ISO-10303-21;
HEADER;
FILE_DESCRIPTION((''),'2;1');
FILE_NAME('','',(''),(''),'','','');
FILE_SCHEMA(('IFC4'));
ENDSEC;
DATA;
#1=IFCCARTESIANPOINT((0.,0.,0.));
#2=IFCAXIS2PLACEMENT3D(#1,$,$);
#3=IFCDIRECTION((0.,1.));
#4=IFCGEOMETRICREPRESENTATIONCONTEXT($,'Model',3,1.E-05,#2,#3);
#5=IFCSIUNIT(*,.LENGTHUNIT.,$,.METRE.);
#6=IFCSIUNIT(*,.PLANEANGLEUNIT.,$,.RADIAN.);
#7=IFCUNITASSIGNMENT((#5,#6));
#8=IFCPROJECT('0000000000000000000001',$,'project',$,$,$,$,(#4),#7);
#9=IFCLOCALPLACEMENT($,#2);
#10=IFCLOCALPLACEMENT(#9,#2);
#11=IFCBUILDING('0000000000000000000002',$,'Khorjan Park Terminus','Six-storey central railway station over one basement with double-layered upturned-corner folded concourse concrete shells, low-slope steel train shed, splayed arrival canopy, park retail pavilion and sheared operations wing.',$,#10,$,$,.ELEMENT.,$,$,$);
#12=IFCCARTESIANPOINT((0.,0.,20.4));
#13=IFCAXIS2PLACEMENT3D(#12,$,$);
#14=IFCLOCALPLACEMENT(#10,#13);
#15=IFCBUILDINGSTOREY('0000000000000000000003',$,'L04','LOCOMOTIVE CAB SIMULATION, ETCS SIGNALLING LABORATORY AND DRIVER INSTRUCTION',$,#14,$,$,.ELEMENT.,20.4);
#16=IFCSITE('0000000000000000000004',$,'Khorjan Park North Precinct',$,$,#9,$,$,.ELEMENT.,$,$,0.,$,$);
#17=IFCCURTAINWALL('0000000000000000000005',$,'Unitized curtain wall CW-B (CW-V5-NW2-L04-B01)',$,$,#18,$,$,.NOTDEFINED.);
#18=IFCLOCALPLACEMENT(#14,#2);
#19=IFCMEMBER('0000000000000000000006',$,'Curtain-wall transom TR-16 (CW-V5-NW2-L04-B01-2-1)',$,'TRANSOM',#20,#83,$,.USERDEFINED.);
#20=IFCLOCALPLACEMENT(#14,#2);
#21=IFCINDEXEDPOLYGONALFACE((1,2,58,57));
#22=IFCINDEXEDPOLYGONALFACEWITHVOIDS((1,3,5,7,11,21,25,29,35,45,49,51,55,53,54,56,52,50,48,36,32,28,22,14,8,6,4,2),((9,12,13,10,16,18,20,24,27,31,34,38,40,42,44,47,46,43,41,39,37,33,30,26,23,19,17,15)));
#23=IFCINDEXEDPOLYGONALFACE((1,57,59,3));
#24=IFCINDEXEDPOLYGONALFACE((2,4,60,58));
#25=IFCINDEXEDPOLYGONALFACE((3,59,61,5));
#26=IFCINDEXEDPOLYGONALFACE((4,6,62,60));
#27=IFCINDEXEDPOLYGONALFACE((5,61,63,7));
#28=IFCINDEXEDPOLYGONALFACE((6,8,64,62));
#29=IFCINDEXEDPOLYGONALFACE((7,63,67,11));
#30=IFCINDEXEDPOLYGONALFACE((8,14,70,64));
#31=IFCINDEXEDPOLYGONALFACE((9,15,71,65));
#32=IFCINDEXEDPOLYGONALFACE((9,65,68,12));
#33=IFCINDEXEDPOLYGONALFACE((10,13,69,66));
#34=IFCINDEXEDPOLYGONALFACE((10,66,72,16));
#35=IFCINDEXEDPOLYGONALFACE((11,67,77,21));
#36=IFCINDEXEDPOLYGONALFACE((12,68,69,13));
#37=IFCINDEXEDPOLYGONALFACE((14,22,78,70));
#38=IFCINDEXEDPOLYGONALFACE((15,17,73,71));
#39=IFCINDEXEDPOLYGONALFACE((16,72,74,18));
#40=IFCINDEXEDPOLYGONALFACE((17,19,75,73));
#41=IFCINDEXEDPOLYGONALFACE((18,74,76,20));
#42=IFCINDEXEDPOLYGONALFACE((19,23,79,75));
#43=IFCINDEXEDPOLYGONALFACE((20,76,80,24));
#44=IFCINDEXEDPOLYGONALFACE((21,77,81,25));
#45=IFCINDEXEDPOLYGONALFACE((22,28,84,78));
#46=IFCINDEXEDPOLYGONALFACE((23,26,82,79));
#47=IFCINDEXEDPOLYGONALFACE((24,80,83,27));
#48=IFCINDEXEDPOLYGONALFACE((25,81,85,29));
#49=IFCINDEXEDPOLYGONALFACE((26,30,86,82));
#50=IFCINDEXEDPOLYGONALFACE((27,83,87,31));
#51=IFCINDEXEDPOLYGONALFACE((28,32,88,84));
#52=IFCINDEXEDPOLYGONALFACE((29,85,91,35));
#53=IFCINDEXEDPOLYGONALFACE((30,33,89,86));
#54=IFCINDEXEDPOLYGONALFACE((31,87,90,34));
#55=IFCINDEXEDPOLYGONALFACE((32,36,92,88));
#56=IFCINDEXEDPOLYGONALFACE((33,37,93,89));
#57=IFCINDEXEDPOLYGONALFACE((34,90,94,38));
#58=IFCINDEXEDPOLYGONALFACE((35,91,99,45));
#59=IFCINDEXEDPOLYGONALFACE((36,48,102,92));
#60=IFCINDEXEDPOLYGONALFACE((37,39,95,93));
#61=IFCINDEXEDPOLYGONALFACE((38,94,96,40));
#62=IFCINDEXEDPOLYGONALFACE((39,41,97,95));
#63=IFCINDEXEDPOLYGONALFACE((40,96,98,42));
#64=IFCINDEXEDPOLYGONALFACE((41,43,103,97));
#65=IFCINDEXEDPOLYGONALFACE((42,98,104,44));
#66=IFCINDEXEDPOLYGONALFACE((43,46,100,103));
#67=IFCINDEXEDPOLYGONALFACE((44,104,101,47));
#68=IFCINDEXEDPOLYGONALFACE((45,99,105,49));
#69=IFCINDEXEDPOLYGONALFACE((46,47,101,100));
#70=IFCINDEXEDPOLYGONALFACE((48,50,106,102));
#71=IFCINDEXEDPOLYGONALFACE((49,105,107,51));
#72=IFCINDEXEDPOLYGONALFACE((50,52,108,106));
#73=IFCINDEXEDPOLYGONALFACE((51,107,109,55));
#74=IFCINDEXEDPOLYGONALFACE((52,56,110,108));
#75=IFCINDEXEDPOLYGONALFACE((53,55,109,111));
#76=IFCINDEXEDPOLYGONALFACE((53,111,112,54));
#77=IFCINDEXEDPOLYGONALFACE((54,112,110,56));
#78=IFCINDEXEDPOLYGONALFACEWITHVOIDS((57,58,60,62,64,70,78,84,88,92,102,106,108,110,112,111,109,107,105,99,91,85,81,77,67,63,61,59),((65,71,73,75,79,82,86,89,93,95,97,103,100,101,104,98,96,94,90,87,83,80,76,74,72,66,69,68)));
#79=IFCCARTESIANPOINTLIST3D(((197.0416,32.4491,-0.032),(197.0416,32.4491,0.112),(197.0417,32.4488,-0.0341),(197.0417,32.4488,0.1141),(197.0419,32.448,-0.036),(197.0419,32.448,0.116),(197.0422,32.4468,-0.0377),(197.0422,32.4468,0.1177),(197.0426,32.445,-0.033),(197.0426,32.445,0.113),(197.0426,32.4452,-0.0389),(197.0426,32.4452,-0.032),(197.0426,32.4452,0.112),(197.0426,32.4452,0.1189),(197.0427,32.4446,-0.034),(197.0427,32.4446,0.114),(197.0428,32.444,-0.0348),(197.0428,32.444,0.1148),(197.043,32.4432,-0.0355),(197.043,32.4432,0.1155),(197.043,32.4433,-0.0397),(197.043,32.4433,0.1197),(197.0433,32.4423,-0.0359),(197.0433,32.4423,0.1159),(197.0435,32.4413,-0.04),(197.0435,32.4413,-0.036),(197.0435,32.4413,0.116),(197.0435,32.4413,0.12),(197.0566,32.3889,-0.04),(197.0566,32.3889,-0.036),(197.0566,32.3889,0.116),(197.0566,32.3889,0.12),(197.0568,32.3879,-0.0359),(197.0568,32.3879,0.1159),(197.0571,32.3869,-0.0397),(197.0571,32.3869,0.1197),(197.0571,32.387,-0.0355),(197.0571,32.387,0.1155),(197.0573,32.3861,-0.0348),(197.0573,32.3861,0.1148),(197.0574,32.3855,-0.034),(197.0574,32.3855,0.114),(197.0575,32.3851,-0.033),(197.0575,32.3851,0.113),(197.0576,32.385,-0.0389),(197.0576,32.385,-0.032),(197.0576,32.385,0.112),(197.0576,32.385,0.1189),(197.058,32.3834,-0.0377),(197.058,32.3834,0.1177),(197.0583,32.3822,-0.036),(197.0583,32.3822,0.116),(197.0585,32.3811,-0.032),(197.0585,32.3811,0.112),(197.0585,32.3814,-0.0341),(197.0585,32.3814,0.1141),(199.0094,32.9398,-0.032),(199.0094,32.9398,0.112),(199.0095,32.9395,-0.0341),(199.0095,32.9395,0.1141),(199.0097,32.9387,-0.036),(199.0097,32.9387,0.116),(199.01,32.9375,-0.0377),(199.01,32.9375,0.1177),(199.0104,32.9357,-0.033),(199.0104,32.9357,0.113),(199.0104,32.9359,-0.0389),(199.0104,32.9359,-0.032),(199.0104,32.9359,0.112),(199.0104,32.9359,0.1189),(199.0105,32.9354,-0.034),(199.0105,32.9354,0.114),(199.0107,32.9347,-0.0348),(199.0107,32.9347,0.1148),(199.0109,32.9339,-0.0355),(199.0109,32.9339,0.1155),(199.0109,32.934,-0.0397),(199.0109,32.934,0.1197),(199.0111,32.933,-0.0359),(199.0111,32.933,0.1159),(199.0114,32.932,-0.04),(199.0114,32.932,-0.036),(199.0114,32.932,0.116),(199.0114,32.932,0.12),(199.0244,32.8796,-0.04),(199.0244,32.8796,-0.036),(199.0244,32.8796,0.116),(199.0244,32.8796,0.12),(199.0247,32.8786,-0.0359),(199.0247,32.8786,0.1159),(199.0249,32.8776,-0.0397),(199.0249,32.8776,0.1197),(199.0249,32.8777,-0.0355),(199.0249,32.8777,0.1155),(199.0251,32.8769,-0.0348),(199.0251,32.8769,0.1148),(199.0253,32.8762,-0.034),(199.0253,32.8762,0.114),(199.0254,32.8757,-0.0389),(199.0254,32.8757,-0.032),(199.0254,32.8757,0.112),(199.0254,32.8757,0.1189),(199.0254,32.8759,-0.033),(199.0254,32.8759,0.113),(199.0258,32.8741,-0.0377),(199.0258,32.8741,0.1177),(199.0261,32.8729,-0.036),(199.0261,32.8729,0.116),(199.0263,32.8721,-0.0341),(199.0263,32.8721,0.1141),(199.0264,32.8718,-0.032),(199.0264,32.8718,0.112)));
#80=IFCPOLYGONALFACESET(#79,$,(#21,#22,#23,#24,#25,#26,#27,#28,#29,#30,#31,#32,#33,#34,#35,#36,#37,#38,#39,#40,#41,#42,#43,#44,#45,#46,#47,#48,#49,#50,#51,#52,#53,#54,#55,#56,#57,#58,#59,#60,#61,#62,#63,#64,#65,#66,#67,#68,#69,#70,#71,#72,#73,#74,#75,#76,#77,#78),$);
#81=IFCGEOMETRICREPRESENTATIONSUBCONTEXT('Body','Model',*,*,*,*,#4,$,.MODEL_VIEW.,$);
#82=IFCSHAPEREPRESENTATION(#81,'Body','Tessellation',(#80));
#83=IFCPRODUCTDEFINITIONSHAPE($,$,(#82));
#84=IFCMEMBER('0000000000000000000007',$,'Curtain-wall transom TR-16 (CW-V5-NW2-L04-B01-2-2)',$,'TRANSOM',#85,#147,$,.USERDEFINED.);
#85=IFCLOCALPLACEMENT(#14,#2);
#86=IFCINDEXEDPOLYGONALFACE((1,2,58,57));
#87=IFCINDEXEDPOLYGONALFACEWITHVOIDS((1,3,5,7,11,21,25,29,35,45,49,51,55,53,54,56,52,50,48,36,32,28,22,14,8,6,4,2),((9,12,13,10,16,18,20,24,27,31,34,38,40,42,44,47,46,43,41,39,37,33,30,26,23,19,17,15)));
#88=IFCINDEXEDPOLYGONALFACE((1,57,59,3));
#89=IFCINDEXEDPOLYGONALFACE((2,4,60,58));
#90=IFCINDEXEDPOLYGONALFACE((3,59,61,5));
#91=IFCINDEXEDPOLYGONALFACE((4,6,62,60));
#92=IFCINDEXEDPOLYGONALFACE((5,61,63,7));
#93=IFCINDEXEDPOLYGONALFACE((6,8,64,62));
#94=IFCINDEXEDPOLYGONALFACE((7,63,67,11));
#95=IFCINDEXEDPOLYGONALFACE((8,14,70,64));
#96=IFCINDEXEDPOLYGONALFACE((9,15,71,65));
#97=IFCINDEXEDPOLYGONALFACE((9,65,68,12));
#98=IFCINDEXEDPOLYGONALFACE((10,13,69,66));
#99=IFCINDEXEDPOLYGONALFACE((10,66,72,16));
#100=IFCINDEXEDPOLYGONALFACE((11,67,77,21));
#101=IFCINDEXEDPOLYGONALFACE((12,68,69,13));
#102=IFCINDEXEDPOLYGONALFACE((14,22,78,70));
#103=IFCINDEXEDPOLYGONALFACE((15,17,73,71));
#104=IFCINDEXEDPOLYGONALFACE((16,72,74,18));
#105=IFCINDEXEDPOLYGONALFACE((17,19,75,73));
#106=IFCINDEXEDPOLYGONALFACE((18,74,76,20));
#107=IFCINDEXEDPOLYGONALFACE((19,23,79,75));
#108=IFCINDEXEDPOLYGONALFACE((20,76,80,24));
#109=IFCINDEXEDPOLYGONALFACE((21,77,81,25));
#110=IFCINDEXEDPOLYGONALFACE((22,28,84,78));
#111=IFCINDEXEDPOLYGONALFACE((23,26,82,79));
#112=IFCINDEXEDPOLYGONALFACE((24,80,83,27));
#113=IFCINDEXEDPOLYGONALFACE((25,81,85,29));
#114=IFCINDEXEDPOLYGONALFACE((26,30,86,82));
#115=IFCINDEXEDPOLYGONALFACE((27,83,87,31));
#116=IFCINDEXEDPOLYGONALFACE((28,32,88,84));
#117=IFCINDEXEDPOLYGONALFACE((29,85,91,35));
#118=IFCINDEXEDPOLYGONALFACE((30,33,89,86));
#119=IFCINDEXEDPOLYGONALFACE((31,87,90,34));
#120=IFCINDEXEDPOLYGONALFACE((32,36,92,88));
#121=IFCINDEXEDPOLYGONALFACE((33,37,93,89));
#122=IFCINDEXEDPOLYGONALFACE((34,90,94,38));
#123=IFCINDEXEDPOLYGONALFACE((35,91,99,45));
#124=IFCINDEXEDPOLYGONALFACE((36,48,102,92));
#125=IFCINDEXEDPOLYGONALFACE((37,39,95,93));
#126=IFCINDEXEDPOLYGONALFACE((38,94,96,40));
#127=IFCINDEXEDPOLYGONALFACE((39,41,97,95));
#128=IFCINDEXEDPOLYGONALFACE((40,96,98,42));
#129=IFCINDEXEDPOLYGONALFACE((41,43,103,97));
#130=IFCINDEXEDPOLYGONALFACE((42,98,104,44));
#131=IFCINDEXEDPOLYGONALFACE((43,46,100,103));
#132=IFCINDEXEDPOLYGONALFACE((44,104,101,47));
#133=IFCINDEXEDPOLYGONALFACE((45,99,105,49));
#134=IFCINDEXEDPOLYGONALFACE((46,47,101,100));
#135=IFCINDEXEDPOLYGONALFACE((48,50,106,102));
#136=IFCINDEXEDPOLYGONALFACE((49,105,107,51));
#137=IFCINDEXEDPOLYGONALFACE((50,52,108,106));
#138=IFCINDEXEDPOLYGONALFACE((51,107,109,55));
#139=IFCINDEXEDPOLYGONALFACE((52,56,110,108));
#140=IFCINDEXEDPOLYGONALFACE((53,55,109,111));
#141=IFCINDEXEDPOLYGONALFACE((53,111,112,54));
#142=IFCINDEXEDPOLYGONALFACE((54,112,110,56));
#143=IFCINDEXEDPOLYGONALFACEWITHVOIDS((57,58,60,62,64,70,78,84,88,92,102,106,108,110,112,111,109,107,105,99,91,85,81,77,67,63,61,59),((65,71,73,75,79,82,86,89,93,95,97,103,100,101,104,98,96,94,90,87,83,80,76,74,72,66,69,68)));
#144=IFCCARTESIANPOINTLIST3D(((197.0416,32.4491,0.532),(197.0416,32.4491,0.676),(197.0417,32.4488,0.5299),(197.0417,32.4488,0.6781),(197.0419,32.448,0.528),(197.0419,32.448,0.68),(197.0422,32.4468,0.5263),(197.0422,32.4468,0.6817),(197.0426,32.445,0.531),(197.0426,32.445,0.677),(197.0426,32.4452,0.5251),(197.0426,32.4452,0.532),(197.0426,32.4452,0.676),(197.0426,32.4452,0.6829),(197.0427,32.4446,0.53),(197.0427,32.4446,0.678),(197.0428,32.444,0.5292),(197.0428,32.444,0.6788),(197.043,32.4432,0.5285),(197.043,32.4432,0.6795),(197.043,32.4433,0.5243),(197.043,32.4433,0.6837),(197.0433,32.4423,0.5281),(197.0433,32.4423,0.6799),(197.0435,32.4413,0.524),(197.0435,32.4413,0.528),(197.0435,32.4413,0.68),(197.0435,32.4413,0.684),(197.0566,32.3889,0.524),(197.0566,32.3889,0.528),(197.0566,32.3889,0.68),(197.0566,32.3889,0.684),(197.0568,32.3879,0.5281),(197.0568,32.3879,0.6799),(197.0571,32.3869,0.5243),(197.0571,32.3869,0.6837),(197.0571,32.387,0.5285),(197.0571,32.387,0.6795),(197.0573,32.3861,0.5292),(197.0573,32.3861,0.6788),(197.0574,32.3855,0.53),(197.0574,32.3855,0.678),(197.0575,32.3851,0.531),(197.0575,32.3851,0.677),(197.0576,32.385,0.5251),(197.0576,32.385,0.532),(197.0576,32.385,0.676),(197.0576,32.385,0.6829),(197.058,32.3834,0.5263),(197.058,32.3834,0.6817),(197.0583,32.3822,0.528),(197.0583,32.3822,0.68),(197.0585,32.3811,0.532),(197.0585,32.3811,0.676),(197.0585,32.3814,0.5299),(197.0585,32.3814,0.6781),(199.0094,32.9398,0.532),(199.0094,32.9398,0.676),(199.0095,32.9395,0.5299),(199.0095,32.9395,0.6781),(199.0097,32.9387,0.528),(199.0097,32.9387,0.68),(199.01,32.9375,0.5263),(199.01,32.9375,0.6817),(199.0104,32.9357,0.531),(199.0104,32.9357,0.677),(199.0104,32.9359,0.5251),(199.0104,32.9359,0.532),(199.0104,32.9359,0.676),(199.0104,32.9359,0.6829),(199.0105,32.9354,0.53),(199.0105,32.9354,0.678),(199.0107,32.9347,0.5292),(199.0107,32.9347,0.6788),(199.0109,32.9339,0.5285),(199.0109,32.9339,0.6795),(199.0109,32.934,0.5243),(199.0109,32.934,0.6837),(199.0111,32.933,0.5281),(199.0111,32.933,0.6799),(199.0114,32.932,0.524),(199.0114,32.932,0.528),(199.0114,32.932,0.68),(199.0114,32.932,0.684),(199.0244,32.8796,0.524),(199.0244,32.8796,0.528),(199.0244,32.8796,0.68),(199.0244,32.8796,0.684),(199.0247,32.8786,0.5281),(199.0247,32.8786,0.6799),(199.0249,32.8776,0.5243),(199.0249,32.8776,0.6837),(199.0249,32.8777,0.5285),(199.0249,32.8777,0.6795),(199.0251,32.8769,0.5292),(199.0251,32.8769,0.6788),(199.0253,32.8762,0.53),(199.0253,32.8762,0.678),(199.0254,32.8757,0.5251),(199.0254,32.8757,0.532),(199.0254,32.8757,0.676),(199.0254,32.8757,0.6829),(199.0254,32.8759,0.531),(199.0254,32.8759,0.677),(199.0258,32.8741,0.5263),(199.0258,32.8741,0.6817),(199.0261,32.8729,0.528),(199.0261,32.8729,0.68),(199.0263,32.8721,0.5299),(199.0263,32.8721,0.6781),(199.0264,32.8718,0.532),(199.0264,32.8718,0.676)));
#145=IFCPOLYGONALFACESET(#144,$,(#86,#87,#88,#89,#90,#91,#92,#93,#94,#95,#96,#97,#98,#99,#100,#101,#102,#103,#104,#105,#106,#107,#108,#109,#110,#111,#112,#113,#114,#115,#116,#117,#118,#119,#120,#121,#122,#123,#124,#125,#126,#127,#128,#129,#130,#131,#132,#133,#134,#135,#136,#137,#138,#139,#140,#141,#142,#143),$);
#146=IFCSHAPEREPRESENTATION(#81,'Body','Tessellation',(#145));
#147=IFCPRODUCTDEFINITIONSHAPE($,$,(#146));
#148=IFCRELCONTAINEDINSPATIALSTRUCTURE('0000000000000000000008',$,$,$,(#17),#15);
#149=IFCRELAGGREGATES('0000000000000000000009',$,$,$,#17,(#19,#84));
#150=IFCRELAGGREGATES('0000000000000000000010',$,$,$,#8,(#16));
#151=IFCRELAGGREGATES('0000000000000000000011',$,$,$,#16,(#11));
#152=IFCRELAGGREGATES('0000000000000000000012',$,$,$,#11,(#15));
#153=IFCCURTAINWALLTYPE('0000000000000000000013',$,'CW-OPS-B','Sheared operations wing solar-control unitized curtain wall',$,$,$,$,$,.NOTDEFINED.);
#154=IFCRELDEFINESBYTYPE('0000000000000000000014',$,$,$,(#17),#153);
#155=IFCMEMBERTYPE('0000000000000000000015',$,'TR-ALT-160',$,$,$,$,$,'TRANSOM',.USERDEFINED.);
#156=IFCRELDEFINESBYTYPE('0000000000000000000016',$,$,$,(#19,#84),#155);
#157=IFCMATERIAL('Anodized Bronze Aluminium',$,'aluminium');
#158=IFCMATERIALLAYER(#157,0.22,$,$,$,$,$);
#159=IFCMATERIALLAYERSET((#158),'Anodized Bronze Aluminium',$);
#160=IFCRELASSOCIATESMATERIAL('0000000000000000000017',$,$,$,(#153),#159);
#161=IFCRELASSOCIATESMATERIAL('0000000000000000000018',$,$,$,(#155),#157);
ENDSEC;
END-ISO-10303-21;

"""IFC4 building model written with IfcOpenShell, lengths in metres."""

from ifc_helpers import new_model, si_unit, direction, frame, origin, origin_2d, place, context, subcontext, project, spatial, hollow_rectangle, extrude, material, layer, layer_set, material_profile, profile_set, type_object, element, aggregate, save


model = new_model("IFC4")

# Units and contexts
model_context = context("Model", 3, precision=1e-05, world=origin(), true_north=direction((0.0, 1.0)))
body_context = subcontext(model_context, "Body", "Model", "MODEL_VIEW")
ifc_project = project(units=[si_unit("LENGTHUNIT", "METRE"), si_unit("PLANEANGLEUNIT", "RADIAN")], contexts=[model_context])

# Site, building, storey
site_placement = place(None, origin())
site = spatial("IfcSite", under=ifc_project, at=site_placement, Name="Khorjan Park North Precinct", CompositionType="ELEMENT", RefElevation=0.0)
building_placement = place(site_placement, origin())
building = spatial("IfcBuilding", under=site, at=building_placement, Name="Khorjan Park Terminus", Description="Six-storey central railway station over one basement with double-layered upturned-corner folded concourse concrete shells, low-slope steel train shed, splayed arrival canopy, park retail pavilion and sheared operations wing.", CompositionType="ELEMENT")
storey_placement = place(building_placement, frame((0.0, 0.0, 20.4)))
storey = spatial("IfcBuildingStorey", under=building, at=storey_placement, Name="L04", Description="LOCOMOTIVE CAB SIMULATION, ETCS SIGNALLING LABORATORY AND DRIVER INSTRUCTION", CompositionType="ELEMENT", Elevation=20.4)

# Curtain wall, members
ifc_material_1 = material(Name="Anodized Bronze Aluminium", Category="aluminium")
ifc_layer_1 = layer(ifc_material_1, 0.22)
ifc_layer_set_1 = layer_set([ifc_layer_1], Name="Anodized Bronze Aluminium")
curtain_wall_type = type_object("IfcCurtainWallType", Name="CW-OPS-B", Description="Sheared operations wing solar-control unitized curtain wall", PredefinedType="NOTDEFINED", material=ifc_layer_set_1)
curtain_wall_placement = place(storey_placement, origin())
curtain_wall = element("IfcCurtainWall", 1, at=curtain_wall_placement, inside=storey, type_object=curtain_wall_type, Name="Unitized curtain wall CW-B (CW-V5-NW2-L04-B01)", PredefinedType="NOTDEFINED")
ifc_material_profile_1 = material_profile(ifc_material_1, hollow_rectangle(XDim=0.07, YDim=0.16, WallThickness=0.004, InnerFilletRadius=0.004, OuterFilletRadius=0.008, at=origin_2d()), Name="ALT 70x160x4")
ifc_profile_set_1 = profile_set([ifc_material_profile_1], Name="Anodized Bronze Aluminium")
member_type_1 = type_object("IfcMemberType", Name="TR-ALT-160", ElementType="TRANSOM", PredefinedType="USERDEFINED", material=ifc_profile_set_1)
member_1_placement = place(storey_placement, frame((199.0179, 32.9058, 0.04), z_axis=(-0.970287, -0.241955, 0.0), x_axis=(0.241955, -0.970287, 0.0)))
member_1 = element("IfcMember", 2, at=member_1_placement, type_object=member_type_1, Name="Curtain-wall transom TR-16 (CW-V5-NW2-L04-B01-2-1)", ObjectType="TRANSOM", PredefinedType="USERDEFINED", context=body_context, shape_type="SweptSolid", body=[
    extrude(hollow_rectangle(XDim=0.07, YDim=0.16, WallThickness=0.004, InnerFilletRadius=0.004, OuterFilletRadius=0.008, at=origin_2d()), origin(), (0.0, 0.0, 1.0), 2.0281),
])
member_2_placement = place(storey_placement, frame((199.0179, 32.9058, 0.604), z_axis=(-0.970287, -0.241955, 0.0), x_axis=(0.241955, -0.970287, 0.0)))
member_2 = element("IfcMember", 3, at=member_2_placement, type_object=member_type_1, Name="Curtain-wall transom TR-16 (CW-V5-NW2-L04-B01-2-2)", ObjectType="TRANSOM", PredefinedType="USERDEFINED", context=body_context, shape_type="SweptSolid", body=[
    extrude(hollow_rectangle(XDim=0.07, YDim=0.16, WallThickness=0.004, InnerFilletRadius=0.004, OuterFilletRadius=0.008, at=origin_2d()), origin(), (0.0, 0.0, 1.0), 2.0281),
])
aggregate(curtain_wall, [member_1, member_2])

save(model, "model.ifc")
